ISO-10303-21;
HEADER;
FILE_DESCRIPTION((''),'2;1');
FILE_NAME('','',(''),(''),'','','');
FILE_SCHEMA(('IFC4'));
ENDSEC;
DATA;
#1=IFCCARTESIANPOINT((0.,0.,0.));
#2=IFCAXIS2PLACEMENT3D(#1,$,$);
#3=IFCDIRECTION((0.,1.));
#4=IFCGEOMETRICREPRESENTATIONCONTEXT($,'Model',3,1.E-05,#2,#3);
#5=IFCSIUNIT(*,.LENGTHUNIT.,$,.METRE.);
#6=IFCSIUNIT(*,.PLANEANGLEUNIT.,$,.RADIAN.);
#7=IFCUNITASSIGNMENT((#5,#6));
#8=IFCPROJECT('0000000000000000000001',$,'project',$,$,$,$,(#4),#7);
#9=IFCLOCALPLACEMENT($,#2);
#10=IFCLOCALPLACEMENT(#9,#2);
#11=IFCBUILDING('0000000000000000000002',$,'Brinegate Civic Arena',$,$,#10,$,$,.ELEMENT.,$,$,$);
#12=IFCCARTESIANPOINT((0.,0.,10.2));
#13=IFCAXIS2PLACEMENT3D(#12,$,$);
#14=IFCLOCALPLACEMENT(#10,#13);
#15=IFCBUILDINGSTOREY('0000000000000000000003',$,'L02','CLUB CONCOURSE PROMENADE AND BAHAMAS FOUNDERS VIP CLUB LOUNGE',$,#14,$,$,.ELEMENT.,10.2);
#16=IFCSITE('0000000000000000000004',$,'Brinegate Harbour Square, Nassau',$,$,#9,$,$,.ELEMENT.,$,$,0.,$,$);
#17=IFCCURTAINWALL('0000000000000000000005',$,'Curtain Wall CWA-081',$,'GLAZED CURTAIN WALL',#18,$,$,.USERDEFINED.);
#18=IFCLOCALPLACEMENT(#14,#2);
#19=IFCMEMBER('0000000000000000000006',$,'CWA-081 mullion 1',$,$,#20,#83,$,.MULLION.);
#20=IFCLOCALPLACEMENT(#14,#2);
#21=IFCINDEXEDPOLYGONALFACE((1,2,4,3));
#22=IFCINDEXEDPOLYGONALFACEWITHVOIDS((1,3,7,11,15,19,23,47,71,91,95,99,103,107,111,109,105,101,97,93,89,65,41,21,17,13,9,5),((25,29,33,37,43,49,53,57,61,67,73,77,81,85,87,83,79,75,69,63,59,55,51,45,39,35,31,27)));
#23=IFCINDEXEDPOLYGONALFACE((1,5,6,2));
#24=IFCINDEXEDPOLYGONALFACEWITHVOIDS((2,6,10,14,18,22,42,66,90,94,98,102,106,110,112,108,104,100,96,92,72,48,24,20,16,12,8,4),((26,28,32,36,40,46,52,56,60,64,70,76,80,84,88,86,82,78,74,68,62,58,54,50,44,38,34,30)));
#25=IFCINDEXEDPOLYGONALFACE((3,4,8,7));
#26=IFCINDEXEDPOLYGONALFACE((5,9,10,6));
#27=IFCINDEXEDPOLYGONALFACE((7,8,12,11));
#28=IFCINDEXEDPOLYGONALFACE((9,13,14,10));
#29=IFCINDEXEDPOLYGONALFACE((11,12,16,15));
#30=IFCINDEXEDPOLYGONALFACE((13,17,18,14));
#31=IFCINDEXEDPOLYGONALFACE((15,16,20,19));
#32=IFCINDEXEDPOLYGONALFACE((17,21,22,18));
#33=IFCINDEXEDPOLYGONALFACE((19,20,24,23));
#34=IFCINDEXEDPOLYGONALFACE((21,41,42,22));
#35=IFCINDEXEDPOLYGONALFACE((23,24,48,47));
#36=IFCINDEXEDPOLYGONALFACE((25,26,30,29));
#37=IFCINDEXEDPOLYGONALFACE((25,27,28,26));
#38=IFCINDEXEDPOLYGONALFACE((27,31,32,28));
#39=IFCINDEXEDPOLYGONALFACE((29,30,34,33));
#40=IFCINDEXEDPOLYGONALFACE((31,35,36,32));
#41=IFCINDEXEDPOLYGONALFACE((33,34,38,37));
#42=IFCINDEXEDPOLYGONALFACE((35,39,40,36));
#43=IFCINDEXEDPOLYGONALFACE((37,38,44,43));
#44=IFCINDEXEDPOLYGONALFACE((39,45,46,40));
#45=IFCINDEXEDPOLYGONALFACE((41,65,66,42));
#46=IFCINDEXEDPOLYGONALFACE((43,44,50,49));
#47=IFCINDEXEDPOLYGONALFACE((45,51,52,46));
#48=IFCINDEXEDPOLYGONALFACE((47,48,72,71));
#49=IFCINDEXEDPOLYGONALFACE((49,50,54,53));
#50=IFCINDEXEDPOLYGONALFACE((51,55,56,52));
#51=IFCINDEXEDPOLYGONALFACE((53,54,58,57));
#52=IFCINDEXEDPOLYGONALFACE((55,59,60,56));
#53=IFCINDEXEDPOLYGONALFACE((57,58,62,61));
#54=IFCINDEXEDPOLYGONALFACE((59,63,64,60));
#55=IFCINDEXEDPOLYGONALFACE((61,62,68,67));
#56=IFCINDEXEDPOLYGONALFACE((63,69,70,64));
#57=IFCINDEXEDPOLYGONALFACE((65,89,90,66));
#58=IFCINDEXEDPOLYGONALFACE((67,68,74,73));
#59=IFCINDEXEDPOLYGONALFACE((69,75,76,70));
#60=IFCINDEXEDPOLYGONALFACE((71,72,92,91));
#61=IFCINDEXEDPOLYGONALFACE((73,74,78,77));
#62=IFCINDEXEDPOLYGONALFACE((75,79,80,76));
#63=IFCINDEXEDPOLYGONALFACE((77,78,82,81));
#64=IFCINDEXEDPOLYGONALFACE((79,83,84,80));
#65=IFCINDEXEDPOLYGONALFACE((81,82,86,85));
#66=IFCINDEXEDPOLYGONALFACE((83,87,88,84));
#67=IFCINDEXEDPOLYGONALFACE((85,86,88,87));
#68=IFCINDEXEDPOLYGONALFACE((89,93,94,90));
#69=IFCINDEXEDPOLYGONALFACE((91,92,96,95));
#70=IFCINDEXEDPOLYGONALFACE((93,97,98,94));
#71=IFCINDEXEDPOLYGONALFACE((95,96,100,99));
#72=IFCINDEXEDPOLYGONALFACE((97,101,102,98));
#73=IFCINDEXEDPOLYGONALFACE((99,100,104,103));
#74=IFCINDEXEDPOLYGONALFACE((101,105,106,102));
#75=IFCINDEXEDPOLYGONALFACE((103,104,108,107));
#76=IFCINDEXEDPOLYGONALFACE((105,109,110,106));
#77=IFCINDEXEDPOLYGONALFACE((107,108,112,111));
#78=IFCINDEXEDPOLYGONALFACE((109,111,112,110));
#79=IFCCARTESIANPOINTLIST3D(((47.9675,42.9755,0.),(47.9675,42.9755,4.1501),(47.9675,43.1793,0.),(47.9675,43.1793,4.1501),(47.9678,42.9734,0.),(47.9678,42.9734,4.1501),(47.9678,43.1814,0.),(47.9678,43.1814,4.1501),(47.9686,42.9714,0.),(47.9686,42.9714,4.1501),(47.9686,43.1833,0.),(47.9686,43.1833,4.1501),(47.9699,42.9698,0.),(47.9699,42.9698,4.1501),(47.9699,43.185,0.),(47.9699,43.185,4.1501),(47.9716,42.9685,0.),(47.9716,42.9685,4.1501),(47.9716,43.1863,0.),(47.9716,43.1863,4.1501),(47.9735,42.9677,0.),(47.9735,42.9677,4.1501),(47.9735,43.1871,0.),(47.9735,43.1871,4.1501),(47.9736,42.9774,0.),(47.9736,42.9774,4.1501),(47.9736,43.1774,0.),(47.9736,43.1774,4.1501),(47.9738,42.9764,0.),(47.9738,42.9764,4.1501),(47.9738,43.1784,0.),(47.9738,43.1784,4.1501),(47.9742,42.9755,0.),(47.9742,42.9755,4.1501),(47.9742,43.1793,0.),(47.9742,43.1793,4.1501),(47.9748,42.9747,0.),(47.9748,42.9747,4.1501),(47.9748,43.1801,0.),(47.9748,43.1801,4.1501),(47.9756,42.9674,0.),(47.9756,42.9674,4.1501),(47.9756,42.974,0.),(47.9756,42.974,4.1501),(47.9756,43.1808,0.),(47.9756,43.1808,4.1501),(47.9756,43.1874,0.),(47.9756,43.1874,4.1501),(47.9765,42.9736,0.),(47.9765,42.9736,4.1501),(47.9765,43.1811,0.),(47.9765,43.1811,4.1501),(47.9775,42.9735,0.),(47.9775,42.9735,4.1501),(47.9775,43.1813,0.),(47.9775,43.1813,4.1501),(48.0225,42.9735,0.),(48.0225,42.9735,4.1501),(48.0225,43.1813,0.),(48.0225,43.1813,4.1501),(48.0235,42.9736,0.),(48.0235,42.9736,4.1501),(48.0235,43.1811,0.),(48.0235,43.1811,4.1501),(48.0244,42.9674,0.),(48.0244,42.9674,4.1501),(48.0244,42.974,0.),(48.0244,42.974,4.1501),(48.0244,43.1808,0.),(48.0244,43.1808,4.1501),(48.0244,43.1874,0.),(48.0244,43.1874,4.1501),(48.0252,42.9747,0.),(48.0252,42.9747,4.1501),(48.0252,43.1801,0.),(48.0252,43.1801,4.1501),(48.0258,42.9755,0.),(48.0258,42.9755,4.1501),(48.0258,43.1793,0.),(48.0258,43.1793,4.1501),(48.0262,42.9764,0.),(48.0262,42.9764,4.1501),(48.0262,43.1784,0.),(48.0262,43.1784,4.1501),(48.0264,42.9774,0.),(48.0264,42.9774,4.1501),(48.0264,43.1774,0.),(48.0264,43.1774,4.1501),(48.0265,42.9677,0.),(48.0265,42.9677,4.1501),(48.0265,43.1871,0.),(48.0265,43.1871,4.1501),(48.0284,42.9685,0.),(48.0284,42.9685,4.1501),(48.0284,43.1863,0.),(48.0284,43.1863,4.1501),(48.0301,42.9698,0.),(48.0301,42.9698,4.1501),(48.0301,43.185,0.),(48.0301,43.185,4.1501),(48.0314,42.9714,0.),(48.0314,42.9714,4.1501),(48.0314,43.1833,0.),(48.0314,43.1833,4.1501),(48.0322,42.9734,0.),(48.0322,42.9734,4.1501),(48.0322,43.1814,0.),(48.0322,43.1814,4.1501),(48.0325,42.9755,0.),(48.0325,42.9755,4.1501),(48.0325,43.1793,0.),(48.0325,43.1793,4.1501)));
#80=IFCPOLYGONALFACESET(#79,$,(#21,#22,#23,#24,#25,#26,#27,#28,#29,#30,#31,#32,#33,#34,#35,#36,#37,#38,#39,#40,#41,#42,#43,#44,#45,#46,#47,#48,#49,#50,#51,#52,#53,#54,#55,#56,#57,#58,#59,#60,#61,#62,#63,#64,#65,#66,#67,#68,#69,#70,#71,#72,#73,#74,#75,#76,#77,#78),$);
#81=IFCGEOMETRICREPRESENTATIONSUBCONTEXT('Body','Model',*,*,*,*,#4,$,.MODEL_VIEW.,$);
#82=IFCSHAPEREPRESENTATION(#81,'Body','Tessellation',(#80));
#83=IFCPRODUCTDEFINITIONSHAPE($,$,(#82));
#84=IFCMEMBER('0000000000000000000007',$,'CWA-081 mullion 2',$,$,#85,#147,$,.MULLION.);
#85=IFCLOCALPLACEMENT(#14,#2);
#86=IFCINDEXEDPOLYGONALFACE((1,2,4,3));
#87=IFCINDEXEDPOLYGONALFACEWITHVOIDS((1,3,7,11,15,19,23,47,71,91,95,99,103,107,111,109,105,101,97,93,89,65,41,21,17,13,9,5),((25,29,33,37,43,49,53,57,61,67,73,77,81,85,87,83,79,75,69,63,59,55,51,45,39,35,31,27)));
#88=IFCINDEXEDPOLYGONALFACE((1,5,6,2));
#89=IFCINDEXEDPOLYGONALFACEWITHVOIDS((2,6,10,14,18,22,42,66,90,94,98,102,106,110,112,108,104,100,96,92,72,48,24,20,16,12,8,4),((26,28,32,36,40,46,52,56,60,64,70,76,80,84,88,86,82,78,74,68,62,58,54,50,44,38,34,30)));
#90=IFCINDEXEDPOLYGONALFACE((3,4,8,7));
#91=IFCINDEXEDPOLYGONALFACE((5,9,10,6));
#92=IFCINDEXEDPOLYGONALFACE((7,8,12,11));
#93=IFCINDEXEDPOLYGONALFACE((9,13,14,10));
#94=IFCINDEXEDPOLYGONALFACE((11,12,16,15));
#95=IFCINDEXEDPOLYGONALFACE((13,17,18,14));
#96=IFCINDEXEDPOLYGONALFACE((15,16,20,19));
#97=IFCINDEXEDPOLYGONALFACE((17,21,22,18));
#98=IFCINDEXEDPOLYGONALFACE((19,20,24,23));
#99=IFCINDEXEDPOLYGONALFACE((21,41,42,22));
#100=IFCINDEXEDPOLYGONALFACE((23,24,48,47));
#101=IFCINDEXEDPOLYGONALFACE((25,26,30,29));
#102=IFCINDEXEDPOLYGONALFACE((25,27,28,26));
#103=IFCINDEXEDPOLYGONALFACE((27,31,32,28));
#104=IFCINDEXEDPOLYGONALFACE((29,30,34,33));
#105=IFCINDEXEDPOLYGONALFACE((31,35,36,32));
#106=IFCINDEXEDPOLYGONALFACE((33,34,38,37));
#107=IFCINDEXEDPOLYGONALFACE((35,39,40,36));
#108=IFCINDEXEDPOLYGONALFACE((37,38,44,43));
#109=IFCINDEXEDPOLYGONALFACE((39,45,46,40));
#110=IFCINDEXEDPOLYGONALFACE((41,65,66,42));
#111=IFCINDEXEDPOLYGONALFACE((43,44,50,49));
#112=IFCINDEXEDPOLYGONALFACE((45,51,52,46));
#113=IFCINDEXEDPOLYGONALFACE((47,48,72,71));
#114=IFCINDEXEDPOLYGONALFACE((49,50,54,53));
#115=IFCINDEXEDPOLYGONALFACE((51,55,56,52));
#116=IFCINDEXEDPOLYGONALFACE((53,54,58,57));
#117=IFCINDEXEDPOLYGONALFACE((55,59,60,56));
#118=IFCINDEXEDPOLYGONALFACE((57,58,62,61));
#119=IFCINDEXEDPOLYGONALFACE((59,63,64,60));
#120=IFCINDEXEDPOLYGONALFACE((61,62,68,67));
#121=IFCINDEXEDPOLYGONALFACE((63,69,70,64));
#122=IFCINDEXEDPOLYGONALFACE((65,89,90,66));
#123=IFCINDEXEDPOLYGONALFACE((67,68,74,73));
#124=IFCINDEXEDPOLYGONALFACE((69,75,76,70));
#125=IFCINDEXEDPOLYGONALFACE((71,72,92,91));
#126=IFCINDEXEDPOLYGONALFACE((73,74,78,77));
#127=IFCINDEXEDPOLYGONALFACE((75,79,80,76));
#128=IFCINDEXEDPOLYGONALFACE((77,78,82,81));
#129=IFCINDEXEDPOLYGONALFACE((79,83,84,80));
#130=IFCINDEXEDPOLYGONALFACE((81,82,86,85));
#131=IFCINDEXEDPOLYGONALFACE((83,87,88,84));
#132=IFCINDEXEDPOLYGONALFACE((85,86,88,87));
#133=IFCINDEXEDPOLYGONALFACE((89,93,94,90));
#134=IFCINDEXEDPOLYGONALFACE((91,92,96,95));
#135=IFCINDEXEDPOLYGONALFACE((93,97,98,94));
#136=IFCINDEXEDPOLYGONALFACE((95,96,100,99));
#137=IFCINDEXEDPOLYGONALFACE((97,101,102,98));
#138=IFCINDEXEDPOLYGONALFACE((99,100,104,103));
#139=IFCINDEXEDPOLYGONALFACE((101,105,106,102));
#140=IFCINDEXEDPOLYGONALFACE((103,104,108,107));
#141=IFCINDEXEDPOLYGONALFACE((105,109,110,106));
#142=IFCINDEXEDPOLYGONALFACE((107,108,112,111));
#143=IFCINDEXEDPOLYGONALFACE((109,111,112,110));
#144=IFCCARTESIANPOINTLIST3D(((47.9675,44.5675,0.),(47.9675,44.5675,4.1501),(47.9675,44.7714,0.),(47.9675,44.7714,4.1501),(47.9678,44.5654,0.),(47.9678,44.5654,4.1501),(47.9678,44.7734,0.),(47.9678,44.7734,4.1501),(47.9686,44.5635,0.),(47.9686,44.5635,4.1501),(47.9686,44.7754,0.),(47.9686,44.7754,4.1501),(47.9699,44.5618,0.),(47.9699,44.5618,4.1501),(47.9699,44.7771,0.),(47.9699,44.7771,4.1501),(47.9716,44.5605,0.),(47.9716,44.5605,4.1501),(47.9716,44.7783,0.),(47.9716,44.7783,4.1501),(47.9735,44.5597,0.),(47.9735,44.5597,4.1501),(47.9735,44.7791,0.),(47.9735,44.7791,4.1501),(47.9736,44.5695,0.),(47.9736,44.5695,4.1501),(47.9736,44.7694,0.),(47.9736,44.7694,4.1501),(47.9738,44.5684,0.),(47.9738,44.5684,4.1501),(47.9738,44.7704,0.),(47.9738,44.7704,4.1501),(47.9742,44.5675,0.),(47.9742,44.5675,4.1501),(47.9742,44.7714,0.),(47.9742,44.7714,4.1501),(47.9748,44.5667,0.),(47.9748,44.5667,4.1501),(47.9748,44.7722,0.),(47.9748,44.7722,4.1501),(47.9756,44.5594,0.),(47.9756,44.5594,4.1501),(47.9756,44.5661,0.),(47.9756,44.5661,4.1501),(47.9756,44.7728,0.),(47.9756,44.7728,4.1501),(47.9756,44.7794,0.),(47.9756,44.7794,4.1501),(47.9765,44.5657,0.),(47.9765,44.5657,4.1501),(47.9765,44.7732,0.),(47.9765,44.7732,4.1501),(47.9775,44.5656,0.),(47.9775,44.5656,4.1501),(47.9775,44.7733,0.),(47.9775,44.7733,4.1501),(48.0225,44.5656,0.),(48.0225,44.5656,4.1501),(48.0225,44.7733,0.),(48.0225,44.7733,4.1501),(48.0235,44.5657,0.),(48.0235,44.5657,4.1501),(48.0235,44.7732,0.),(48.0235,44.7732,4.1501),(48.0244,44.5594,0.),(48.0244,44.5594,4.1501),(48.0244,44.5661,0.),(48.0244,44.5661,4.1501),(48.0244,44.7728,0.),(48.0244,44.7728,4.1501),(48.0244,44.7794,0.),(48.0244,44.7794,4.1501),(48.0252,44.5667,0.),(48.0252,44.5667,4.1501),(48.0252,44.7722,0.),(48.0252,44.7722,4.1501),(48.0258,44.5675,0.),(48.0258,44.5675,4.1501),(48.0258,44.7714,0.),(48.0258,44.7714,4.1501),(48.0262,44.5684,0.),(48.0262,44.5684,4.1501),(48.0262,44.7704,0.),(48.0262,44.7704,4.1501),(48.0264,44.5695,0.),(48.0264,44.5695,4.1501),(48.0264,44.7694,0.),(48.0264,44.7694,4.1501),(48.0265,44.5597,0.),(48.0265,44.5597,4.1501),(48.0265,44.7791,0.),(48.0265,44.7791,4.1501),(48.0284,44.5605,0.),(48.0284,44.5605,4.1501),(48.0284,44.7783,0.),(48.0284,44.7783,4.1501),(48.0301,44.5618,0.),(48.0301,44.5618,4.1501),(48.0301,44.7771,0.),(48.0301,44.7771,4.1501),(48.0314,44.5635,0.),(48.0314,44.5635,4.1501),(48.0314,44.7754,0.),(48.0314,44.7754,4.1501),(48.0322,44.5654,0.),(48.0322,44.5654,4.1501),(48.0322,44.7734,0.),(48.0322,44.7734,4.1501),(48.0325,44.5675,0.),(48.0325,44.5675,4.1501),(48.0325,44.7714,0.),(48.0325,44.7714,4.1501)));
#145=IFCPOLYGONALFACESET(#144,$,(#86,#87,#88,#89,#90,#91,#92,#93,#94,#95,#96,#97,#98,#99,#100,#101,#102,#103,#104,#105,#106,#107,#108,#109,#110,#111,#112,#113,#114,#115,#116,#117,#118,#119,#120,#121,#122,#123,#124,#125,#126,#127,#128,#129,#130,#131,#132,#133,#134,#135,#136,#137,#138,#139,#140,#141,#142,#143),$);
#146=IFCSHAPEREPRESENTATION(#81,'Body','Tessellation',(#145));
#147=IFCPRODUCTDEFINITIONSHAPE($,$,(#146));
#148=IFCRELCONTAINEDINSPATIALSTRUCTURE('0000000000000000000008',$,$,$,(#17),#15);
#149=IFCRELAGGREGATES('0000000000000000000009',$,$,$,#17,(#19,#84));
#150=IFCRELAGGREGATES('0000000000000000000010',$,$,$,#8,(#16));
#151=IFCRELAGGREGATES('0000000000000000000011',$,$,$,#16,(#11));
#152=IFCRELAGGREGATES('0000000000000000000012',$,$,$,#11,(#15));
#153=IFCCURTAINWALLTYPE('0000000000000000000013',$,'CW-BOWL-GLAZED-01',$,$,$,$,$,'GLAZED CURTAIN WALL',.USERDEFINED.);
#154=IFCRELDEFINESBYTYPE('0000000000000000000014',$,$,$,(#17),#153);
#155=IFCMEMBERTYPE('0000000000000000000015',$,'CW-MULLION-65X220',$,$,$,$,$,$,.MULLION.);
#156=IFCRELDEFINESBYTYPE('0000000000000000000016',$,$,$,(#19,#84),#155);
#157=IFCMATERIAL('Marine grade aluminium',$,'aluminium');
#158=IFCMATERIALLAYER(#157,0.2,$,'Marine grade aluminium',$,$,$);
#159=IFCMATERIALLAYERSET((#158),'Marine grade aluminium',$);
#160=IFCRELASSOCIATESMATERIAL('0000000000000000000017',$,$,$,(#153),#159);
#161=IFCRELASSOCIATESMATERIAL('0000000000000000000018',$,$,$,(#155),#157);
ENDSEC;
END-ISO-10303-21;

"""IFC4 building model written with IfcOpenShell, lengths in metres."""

from ifc_helpers import new_model, si_unit, direction, frame, origin, origin_2d, place, context, subcontext, project, spatial, hollow_rectangle, extrude, material, layer, layer_set, material_profile, profile_set, type_object, element, aggregate, save


model = new_model("IFC4")

# Units and contexts
model_context = context("Model", 3, precision=1e-05, world=origin(), true_north=direction((0.0, 1.0)))
body_context = subcontext(model_context, "Body", "Model", "MODEL_VIEW")
ifc_project = project(units=[si_unit("LENGTHUNIT", "METRE"), si_unit("PLANEANGLEUNIT", "RADIAN")], contexts=[model_context])

# Site, building, storey
site_placement = place(None, origin())
site = spatial("IfcSite", under=ifc_project, at=site_placement, Name="Brinegate Harbour Square, Nassau", CompositionType="ELEMENT", RefElevation=0.0)
building_placement = place(site_placement, origin())
building = spatial("IfcBuilding", under=site, at=building_placement, Name="Brinegate Civic Arena", CompositionType="ELEMENT")
storey_placement = place(building_placement, frame((0.0, 0.0, 10.2)))
storey = spatial("IfcBuildingStorey", under=building, at=storey_placement, Name="L02", Description="CLUB CONCOURSE PROMENADE AND BAHAMAS FOUNDERS VIP CLUB LOUNGE", CompositionType="ELEMENT", Elevation=10.2)

# Curtain wall, members
ifc_material_1 = material(Name="Marine grade aluminium", Category="aluminium")
ifc_layer_1 = layer(ifc_material_1, 0.2, Name="Marine grade aluminium")
ifc_layer_set_1 = layer_set([ifc_layer_1], Name="Marine grade aluminium")
curtain_wall_type = type_object("IfcCurtainWallType", Name="CW-BOWL-GLAZED-01", ElementType="GLAZED CURTAIN WALL", PredefinedType="USERDEFINED", material=ifc_layer_set_1)
curtain_wall_placement = place(storey_placement, origin())
curtain_wall = element("IfcCurtainWall", 1, at=curtain_wall_placement, inside=storey, type_object=curtain_wall_type, Name="Curtain Wall CWA-081", ObjectType="GLAZED CURTAIN WALL", PredefinedType="USERDEFINED")
ifc_material_profile_1 = material_profile(ifc_material_1, hollow_rectangle(XDim=0.0649, YDim=0.22, WallThickness=0.0061, InnerFilletRadius=0.0039, OuterFilletRadius=0.0081, at=origin_2d()), Name="MUL65X220")
ifc_profile_set_1 = profile_set([ifc_material_profile_1], Name="Marine grade aluminium")
member_type_1 = type_object("IfcMemberType", Name="CW-MULLION-65X220", PredefinedType="MULLION", material=ifc_profile_set_1)
member_1_placement = place(storey_placement, frame((48.0, 43.0774, 0.0), z_axis=(0.0, 0.0, 1.0), x_axis=(-1.0, 0.0, 0.0)))
member_1 = element("IfcMember", 2, at=member_1_placement, type_object=member_type_1, Name="CWA-081 mullion 1", PredefinedType="MULLION", context=body_context, shape_type="SweptSolid", body=[
    extrude(hollow_rectangle(XDim=0.0649, YDim=0.22, WallThickness=0.0061, InnerFilletRadius=0.0039, OuterFilletRadius=0.0081, at=origin_2d()), origin(), (0.0, 0.0, 1.0), 4.1501),
])
member_2_placement = place(storey_placement, frame((48.0, 44.6694, 0.0), z_axis=(0.0, 0.0, 1.0), x_axis=(-1.0, 0.0, 0.0)))
member_2 = element("IfcMember", 3, at=member_2_placement, type_object=member_type_1, Name="CWA-081 mullion 2", PredefinedType="MULLION", context=body_context, shape_type="SweptSolid", body=[
    extrude(hollow_rectangle(XDim=0.0649, YDim=0.22, WallThickness=0.0061, InnerFilletRadius=0.0039, OuterFilletRadius=0.0081, at=origin_2d()), origin(), (0.0, 0.0, 1.0), 4.1501),
])
aggregate(curtain_wall, [member_1, member_2])

save(model, "model.ifc")
